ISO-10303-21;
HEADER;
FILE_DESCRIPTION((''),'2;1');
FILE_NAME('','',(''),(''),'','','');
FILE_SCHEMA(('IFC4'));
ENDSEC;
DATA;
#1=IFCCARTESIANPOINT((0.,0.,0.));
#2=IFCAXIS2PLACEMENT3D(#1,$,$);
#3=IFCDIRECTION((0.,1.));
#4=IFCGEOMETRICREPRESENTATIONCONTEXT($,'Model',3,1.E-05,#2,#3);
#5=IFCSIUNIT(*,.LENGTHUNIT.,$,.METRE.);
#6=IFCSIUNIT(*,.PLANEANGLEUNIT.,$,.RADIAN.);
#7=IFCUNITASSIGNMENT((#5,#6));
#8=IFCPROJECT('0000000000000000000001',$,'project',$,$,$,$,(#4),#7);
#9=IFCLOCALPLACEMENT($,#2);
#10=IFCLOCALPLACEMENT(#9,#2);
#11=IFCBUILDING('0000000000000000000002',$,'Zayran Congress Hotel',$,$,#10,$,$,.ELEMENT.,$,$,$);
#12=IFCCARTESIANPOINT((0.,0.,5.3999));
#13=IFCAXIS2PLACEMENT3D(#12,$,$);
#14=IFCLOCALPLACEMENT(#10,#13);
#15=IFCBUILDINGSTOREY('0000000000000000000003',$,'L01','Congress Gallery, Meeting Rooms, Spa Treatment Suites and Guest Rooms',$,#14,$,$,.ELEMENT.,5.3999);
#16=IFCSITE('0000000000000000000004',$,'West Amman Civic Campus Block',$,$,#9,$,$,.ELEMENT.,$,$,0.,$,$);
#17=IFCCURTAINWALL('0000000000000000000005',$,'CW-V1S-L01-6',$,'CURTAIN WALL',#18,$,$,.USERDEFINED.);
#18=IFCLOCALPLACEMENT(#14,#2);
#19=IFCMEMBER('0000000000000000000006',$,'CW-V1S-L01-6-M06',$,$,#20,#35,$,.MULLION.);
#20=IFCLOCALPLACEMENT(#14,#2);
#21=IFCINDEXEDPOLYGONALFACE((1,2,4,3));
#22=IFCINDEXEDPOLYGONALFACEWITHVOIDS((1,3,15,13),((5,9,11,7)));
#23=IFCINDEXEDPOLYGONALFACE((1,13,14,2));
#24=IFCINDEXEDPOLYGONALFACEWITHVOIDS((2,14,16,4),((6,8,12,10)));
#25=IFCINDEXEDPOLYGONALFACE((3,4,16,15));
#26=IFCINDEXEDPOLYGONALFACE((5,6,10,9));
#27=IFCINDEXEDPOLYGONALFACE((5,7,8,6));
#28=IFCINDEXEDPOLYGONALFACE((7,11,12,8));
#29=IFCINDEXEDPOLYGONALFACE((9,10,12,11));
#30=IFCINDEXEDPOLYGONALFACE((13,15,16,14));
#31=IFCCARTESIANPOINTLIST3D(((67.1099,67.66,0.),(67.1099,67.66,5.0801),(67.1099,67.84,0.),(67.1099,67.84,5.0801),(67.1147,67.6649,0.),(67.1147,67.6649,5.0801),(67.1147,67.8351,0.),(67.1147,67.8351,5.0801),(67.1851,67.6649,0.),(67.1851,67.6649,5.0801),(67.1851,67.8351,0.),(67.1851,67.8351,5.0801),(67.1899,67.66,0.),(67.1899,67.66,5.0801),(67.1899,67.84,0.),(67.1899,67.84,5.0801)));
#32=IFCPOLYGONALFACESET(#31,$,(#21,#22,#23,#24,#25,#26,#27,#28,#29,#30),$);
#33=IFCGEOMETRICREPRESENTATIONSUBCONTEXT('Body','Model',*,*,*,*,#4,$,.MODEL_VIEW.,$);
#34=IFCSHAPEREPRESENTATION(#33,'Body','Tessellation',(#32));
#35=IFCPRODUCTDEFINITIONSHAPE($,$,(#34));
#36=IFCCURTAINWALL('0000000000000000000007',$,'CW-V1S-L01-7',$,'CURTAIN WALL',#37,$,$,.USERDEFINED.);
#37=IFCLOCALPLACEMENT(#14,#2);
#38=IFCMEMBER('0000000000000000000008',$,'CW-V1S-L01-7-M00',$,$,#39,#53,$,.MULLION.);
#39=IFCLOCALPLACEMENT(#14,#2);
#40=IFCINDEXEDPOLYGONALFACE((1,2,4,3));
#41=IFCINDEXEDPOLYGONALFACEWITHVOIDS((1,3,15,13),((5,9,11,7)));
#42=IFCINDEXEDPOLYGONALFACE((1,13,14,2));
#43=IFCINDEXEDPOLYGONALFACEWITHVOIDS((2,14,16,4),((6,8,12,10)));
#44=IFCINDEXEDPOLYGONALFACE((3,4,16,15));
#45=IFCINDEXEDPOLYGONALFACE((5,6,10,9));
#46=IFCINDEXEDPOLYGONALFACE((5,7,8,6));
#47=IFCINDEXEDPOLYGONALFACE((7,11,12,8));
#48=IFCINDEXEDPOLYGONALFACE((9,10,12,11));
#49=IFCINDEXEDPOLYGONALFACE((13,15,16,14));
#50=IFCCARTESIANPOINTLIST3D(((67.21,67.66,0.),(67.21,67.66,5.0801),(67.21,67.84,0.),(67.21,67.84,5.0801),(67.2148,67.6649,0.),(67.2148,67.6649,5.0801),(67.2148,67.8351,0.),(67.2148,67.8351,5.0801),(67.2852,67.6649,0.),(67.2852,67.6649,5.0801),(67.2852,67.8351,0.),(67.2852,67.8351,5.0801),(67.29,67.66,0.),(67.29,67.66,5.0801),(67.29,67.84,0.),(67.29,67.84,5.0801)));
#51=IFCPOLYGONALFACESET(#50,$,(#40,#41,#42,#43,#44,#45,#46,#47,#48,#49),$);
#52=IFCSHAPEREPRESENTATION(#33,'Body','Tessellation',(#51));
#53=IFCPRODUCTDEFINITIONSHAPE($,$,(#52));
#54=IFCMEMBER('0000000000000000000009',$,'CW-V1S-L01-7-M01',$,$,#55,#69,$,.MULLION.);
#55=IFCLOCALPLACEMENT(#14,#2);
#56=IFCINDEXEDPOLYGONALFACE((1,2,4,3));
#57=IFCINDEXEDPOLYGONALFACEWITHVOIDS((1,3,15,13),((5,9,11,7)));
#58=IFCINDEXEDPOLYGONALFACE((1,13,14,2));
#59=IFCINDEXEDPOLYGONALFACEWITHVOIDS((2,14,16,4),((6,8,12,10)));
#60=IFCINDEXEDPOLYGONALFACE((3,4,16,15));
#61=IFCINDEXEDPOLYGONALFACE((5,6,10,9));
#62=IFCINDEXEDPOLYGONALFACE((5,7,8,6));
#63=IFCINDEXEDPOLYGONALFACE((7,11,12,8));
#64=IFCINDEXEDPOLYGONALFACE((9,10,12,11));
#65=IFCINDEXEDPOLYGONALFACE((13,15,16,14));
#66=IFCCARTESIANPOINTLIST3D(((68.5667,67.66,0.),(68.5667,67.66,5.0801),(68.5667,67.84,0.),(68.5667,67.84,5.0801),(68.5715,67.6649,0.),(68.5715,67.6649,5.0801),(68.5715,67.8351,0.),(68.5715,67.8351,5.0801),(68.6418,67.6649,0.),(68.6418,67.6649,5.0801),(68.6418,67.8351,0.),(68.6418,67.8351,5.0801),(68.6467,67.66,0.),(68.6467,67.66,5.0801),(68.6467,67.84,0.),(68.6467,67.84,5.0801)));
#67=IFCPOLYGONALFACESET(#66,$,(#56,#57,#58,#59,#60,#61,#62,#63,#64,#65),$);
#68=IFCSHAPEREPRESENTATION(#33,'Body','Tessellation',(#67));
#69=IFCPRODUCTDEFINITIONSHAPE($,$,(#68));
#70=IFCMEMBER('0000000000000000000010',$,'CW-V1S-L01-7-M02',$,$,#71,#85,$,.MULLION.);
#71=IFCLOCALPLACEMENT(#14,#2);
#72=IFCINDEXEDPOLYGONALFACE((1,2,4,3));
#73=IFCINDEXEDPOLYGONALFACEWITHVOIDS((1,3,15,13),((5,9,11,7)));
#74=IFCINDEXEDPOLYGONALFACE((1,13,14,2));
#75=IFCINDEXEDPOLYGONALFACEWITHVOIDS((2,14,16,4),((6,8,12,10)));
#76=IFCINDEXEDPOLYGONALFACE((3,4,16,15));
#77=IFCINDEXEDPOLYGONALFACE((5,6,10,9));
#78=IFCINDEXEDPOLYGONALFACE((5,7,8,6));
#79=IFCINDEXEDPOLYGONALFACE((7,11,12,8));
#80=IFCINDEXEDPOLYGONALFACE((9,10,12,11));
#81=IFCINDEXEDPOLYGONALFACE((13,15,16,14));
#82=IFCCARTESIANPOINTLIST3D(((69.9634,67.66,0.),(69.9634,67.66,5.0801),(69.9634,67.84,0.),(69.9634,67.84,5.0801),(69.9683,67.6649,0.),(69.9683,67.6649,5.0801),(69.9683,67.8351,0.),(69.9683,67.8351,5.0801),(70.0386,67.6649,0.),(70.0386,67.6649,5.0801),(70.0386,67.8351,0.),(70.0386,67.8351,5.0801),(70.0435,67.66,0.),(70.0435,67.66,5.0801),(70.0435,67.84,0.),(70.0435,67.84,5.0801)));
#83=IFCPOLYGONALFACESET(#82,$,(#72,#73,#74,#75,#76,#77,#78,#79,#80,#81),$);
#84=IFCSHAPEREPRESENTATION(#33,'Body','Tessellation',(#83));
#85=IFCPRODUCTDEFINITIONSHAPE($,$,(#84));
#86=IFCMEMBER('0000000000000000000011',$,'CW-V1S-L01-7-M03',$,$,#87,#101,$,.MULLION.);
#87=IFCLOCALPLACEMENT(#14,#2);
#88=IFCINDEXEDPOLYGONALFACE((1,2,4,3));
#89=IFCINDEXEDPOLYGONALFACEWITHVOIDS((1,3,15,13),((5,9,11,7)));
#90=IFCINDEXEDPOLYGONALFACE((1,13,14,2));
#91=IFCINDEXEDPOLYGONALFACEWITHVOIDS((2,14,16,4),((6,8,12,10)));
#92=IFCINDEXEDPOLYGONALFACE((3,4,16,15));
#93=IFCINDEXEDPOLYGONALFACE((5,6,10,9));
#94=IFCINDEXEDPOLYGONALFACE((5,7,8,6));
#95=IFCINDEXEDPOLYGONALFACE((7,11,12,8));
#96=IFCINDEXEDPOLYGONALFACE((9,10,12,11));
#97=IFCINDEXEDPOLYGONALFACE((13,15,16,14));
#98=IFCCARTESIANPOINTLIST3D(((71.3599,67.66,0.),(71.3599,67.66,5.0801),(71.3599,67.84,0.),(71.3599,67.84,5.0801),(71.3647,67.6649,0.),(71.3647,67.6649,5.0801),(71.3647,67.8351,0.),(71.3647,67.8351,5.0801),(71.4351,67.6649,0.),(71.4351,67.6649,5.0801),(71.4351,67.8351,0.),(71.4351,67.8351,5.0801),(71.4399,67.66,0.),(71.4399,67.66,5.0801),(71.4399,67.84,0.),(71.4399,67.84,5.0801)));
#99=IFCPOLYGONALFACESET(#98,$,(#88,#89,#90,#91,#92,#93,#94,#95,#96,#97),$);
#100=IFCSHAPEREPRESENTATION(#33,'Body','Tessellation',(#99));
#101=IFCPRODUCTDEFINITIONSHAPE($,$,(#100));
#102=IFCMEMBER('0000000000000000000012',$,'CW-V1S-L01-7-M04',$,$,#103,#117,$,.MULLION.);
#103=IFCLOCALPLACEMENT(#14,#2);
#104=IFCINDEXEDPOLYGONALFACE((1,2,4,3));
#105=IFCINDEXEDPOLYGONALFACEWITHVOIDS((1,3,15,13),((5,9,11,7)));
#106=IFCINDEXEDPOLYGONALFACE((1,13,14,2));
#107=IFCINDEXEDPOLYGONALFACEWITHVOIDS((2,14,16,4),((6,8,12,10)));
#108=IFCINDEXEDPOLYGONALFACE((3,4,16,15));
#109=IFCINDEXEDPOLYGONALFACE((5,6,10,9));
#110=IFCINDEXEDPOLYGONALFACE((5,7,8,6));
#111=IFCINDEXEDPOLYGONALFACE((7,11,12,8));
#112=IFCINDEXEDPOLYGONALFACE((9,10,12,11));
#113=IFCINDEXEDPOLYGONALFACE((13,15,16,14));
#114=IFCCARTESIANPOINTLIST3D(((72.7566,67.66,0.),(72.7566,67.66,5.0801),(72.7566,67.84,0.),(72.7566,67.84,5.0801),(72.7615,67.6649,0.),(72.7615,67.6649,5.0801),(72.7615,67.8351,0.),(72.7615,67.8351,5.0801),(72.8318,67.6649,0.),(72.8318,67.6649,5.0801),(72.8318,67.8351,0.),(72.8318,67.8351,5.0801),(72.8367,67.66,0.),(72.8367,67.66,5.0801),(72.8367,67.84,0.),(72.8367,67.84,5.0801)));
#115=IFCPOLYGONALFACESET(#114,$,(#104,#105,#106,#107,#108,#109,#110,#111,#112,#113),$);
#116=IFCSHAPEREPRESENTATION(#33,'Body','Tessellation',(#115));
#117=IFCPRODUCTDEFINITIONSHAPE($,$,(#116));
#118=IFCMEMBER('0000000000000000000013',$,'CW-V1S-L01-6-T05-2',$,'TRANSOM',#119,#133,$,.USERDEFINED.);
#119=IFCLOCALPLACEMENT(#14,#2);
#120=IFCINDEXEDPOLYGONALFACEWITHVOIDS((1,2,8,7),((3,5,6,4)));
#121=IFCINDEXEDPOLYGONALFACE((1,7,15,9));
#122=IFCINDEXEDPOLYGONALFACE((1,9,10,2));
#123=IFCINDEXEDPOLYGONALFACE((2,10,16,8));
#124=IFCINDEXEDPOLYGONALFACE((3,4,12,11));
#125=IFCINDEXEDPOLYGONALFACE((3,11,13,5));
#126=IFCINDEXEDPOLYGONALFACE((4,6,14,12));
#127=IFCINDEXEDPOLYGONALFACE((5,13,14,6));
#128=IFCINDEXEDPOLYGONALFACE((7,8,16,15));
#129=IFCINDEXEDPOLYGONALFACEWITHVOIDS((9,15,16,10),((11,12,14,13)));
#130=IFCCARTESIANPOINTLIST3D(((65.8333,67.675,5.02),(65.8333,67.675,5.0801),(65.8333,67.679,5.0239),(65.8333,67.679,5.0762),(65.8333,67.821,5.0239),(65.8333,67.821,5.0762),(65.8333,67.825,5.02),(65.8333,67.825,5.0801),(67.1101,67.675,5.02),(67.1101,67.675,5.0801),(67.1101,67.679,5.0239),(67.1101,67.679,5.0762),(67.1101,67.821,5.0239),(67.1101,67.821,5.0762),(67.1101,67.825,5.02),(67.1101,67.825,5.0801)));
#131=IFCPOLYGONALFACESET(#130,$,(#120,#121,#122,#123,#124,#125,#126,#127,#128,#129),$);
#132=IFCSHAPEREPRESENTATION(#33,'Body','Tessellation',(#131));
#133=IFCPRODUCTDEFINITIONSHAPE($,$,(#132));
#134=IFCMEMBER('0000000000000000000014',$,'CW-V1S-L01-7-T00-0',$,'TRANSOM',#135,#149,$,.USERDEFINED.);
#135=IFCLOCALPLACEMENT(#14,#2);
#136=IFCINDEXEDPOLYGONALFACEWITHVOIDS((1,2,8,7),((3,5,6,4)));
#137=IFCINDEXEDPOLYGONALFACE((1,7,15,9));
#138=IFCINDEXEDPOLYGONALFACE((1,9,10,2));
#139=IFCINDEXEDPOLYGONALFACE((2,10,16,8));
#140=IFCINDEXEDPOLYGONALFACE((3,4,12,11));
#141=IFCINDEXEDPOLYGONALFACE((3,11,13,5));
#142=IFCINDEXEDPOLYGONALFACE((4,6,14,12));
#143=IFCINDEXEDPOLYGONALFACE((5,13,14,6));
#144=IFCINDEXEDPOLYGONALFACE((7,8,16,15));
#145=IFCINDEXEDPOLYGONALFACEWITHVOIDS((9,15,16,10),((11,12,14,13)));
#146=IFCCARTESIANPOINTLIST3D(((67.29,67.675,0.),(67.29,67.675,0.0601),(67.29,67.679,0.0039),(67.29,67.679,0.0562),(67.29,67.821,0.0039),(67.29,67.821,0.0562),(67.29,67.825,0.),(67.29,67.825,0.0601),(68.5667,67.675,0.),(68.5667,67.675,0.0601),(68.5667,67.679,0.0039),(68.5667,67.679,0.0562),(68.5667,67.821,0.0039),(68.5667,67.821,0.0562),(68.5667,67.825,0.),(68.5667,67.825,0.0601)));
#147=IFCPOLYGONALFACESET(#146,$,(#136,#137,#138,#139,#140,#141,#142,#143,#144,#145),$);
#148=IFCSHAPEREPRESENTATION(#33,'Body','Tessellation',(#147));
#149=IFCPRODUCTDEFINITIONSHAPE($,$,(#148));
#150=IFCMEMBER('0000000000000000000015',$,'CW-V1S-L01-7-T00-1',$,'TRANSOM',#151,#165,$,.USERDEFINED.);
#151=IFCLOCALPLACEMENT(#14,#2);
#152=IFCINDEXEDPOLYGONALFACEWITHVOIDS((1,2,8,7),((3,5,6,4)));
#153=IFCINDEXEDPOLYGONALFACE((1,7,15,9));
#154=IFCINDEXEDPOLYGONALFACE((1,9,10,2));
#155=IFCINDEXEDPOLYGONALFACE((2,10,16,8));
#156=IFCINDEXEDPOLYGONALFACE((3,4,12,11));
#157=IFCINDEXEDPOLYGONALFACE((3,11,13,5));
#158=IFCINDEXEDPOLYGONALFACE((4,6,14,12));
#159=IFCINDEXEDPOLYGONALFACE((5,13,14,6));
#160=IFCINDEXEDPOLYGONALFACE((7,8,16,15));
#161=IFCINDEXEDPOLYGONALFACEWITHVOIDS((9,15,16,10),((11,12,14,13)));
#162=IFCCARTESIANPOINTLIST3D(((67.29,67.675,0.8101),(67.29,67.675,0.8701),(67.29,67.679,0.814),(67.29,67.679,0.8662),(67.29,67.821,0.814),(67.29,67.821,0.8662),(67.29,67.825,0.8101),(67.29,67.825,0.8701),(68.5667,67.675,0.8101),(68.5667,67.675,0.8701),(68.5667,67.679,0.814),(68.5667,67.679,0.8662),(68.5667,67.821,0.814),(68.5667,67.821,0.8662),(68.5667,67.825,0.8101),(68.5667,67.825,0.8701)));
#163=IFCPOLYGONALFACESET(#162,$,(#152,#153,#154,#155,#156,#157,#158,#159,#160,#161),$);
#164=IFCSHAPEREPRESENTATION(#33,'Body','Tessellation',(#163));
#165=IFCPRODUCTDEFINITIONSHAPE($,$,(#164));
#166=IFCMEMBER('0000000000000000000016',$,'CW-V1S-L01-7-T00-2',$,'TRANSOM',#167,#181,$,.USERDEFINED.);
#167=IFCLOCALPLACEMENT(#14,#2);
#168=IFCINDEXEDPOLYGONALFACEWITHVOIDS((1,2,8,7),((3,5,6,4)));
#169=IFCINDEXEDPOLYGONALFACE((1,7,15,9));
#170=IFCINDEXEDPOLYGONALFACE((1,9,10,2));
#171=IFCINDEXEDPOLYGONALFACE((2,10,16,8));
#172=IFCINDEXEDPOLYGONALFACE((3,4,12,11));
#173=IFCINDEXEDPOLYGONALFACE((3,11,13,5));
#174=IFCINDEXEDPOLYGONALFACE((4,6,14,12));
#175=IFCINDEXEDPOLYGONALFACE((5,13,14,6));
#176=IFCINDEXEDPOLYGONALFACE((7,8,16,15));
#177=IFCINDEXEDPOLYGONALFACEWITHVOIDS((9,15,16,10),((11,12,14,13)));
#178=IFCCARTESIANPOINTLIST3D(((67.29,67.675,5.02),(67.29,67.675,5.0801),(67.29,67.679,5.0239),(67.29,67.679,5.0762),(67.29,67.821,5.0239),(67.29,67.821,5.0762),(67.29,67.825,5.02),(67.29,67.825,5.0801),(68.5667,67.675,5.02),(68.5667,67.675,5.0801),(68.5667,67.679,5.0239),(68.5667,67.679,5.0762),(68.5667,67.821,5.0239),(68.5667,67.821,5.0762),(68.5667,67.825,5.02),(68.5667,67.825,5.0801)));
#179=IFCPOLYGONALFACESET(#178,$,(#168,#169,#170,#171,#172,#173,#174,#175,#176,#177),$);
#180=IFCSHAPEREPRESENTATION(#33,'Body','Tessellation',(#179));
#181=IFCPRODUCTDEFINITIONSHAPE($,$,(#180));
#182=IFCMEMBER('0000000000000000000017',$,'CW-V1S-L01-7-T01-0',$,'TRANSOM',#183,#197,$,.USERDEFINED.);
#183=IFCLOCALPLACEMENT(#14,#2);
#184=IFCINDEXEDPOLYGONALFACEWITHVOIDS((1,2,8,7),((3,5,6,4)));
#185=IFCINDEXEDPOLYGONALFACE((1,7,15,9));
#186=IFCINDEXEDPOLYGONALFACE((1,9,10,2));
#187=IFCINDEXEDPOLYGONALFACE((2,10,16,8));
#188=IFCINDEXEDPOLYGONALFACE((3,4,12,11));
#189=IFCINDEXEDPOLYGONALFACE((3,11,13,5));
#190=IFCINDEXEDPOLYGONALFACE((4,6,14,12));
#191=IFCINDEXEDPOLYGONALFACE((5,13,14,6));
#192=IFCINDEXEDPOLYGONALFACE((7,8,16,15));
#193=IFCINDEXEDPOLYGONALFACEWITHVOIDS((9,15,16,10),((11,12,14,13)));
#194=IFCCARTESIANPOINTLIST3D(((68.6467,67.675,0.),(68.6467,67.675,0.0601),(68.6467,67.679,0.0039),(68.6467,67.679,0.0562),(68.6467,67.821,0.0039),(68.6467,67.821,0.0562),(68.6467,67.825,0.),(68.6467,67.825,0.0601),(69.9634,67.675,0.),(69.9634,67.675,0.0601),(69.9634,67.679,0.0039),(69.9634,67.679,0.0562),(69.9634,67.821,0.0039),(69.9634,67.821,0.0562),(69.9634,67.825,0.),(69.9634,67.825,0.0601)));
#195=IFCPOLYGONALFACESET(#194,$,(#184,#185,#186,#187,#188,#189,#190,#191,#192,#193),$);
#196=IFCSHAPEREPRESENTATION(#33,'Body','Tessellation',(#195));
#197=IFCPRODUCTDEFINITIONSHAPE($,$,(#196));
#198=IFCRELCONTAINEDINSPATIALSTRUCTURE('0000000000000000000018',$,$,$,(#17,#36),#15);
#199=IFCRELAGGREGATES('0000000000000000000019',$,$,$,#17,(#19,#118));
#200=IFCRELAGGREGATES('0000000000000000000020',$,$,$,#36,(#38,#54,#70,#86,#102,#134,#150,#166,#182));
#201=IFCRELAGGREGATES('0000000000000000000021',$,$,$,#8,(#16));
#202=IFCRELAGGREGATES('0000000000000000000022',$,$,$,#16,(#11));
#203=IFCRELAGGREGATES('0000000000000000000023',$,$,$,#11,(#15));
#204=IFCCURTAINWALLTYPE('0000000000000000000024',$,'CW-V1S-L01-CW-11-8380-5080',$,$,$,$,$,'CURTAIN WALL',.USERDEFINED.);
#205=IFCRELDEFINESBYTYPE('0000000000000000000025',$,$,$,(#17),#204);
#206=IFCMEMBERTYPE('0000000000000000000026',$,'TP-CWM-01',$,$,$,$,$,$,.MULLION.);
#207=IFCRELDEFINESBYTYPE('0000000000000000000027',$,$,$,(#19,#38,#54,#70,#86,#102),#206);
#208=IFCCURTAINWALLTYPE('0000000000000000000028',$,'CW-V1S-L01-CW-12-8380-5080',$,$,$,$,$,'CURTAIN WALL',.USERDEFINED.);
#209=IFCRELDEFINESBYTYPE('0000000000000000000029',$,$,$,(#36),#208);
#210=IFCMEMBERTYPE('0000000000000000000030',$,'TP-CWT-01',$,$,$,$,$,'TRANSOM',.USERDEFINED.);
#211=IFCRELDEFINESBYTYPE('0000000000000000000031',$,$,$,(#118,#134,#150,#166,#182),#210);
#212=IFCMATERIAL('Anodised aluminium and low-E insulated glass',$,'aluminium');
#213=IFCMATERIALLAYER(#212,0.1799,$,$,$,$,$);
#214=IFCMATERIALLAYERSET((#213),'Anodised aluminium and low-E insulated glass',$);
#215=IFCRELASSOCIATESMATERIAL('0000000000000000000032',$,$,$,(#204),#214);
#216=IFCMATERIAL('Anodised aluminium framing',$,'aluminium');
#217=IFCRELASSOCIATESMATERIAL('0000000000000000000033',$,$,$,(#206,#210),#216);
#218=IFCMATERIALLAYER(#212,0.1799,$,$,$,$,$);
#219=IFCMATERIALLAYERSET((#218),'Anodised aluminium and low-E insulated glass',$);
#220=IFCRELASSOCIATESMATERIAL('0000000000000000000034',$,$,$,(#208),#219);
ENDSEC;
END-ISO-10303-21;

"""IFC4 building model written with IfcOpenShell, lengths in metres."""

from ifc_helpers import new_model, si_unit, direction, frame, origin, origin_2d, place, context, subcontext, project, spatial, hollow_rectangle, extrude, material, layer, layer_set, material_profile, profile_set, type_object, element, aggregate, save


model = new_model("IFC4")

# Units and contexts
model_context = context("Model", 3, precision=1e-05, world=origin(), true_north=direction((0.0, 1.0)))
body_context = subcontext(model_context, "Body", "Model", "MODEL_VIEW")
ifc_project = project(units=[si_unit("LENGTHUNIT", "METRE"), si_unit("PLANEANGLEUNIT", "RADIAN")], contexts=[model_context])

# Site, building, storey
site_placement = place(None, origin())
site = spatial("IfcSite", under=ifc_project, at=site_placement, Name="West Amman Civic Campus Block", CompositionType="ELEMENT", RefElevation=0.0)
building_placement = place(site_placement, origin())
building = spatial("IfcBuilding", under=site, at=building_placement, Name="Zayran Congress Hotel", CompositionType="ELEMENT")
storey_placement = place(building_placement, frame((0.0, 0.0, 5.3999)))
storey = spatial("IfcBuildingStorey", under=building, at=storey_placement, Name="L01", Description="Congress Gallery, Meeting Rooms, Spa Treatment Suites and Guest Rooms", CompositionType="ELEMENT", Elevation=5.3999)

# Curtain wall, member
ifc_material_1 = material(Name="Anodised aluminium and low-E insulated glass", Category="aluminium")
ifc_layer_1 = layer(ifc_material_1, 0.1799)
ifc_layer_set_1 = layer_set([ifc_layer_1], Name="Anodised aluminium and low-E insulated glass")
curtain_wall_type_1 = type_object("IfcCurtainWallType", Name="CW-V1S-L01-CW-11-8380-5080", ElementType="CURTAIN WALL", PredefinedType="USERDEFINED", material=ifc_layer_set_1)
curtain_wall_1_placement = place(storey_placement, origin())
curtain_wall_1 = element("IfcCurtainWall", 1, at=curtain_wall_1_placement, inside=storey, type_object=curtain_wall_type_1, Name="CW-V1S-L01-6", ObjectType="CURTAIN WALL", PredefinedType="USERDEFINED")
ifc_material_2 = material(Name="Anodised aluminium framing", Category="aluminium")
ifc_material_profile_1 = material_profile(ifc_material_2, hollow_rectangle(XDim=0.0801, YDim=0.1799, WallThickness=0.0049, at=origin_2d()), Name="RHS 180x80x5")
ifc_profile_set_1 = profile_set([ifc_material_profile_1], Name="Anodised aluminium framing")
member_type_1 = type_object("IfcMemberType", Name="TP-CWM-01", PredefinedType="MULLION", material=ifc_profile_set_1)
member_1_placement = place(storey_placement, frame((67.1499, 67.75, 0.0), z_axis=(0.0, 0.0, 1.0), x_axis=(1.0, 0.0, 0.0)))
member_1 = element("IfcMember", 2, at=member_1_placement, type_object=member_type_1, Name="CW-V1S-L01-6-M06", PredefinedType="MULLION", context=body_context, shape_type="SweptSolid", body=[
    extrude(hollow_rectangle(XDim=0.0801, YDim=0.1799, WallThickness=0.0049, at=origin_2d()), origin(), (0.0, 0.0, 1.0), 5.0801),
])

# Curtain wall, members
ifc_layer_2 = layer(ifc_material_1, 0.1799)
ifc_layer_set_2 = layer_set([ifc_layer_2], Name="Anodised aluminium and low-E insulated glass")
curtain_wall_type_2 = type_object("IfcCurtainWallType", Name="CW-V1S-L01-CW-12-8380-5080", ElementType="CURTAIN WALL", PredefinedType="USERDEFINED", material=ifc_layer_set_2)
curtain_wall_2_placement = place(storey_placement, origin())
curtain_wall_2 = element("IfcCurtainWall", 3, at=curtain_wall_2_placement, inside=storey, type_object=curtain_wall_type_2, Name="CW-V1S-L01-7", ObjectType="CURTAIN WALL", PredefinedType="USERDEFINED")
member_2_placement = place(storey_placement, frame((67.25, 67.75, 0.0), z_axis=(0.0, 0.0, 1.0), x_axis=(1.0, 0.0, 0.0)))
member_2 = element("IfcMember", 4, at=member_2_placement, type_object=member_type_1, Name="CW-V1S-L01-7-M00", PredefinedType="MULLION", context=body_context, shape_type="SweptSolid", body=[
    extrude(hollow_rectangle(XDim=0.0801, YDim=0.1799, WallThickness=0.0049, at=origin_2d()), origin(), (0.0, 0.0, 1.0), 5.0801),
])
member_3_placement = place(storey_placement, frame((68.6067, 67.75, 0.0), z_axis=(0.0, 0.0, 1.0), x_axis=(1.0, 0.0, 0.0)))
member_3 = element("IfcMember", 5, at=member_3_placement, type_object=member_type_1, Name="CW-V1S-L01-7-M01", PredefinedType="MULLION", context=body_context, shape_type="SweptSolid", body=[
    extrude(hollow_rectangle(XDim=0.0801, YDim=0.1799, WallThickness=0.0049, at=origin_2d()), origin(), (0.0, 0.0, 1.0), 5.0801),
])
member_4_placement = place(storey_placement, frame((70.0034, 67.75, 0.0), z_axis=(0.0, 0.0, 1.0), x_axis=(1.0, 0.0, 0.0)))
member_4 = element("IfcMember", 6, at=member_4_placement, type_object=member_type_1, Name="CW-V1S-L01-7-M02", PredefinedType="MULLION", context=body_context, shape_type="SweptSolid", body=[
    extrude(hollow_rectangle(XDim=0.0801, YDim=0.1799, WallThickness=0.0049, at=origin_2d()), origin(), (0.0, 0.0, 1.0), 5.0801),
])
member_5_placement = place(storey_placement, frame((71.3999, 67.75, 0.0), z_axis=(0.0, 0.0, 1.0), x_axis=(1.0, 0.0, 0.0)))
member_5 = element("IfcMember", 7, at=member_5_placement, type_object=member_type_1, Name="CW-V1S-L01-7-M03", PredefinedType="MULLION", context=body_context, shape_type="SweptSolid", body=[
    extrude(hollow_rectangle(XDim=0.0801, YDim=0.1799, WallThickness=0.0049, at=origin_2d()), origin(), (0.0, 0.0, 1.0), 5.0801),
])
member_6_placement = place(storey_placement, frame((72.7966, 67.75, 0.0), z_axis=(0.0, 0.0, 1.0), x_axis=(1.0, 0.0, 0.0)))
member_6 = element("IfcMember", 8, at=member_6_placement, type_object=member_type_1, Name="CW-V1S-L01-7-M04", PredefinedType="MULLION", context=body_context, shape_type="SweptSolid", body=[
    extrude(hollow_rectangle(XDim=0.0801, YDim=0.1799, WallThickness=0.0049, at=origin_2d()), origin(), (0.0, 0.0, 1.0), 5.0801),
])

# Members
ifc_material_profile_2 = material_profile(ifc_material_2, hollow_rectangle(XDim=0.0601, YDim=0.1499, WallThickness=0.0039, at=origin_2d()), Name="RHS 150x60x4")
ifc_profile_set_2 = profile_set([ifc_material_profile_2], Name="Anodised aluminium framing")
member_type_2 = type_object("IfcMemberType", Name="TP-CWT-01", ElementType="TRANSOM", PredefinedType="USERDEFINED", material=ifc_profile_set_2)
member_7_placement = place(storey_placement, frame((65.8333, 67.75, 5.05), z_axis=(1.0, 0.0, 0.0), x_axis=(0.0, 0.0, 1.0)))
member_7 = element("IfcMember", 9, at=member_7_placement, type_object=member_type_2, Name="CW-V1S-L01-6-T05-2", ObjectType="TRANSOM", PredefinedType="USERDEFINED", context=body_context, shape_type="SweptSolid", body=[
    extrude(hollow_rectangle(XDim=0.0601, YDim=0.1499, WallThickness=0.0039, at=origin_2d()), origin(), (0.0, 0.0, 1.0), 1.2769),
])
member_8_placement = place(storey_placement, frame((67.29, 67.75, 0.03), z_axis=(1.0, 0.0, 0.0), x_axis=(0.0, 0.0, 1.0)))
member_8 = element("IfcMember", 10, at=member_8_placement, type_object=member_type_2, Name="CW-V1S-L01-7-T00-0", ObjectType="TRANSOM", PredefinedType="USERDEFINED", context=body_context, shape_type="SweptSolid", body=[
    extrude(hollow_rectangle(XDim=0.0601, YDim=0.1499, WallThickness=0.0039, at=origin_2d()), origin(), (0.0, 0.0, 1.0), 1.2766),
])
member_9_placement = place(storey_placement, frame((67.29, 67.75, 0.8401), z_axis=(1.0, 0.0, 0.0), x_axis=(0.0, 0.0, 1.0)))
member_9 = element("IfcMember", 11, at=member_9_placement, type_object=member_type_2, Name="CW-V1S-L01-7-T00-1", ObjectType="TRANSOM", PredefinedType="USERDEFINED", context=body_context, shape_type="SweptSolid", body=[
    extrude(hollow_rectangle(XDim=0.0601, YDim=0.1499, WallThickness=0.0039, at=origin_2d()), origin(), (0.0, 0.0, 1.0), 1.2766),
])
member_10_placement = place(storey_placement, frame((67.29, 67.75, 5.05), z_axis=(1.0, 0.0, 0.0), x_axis=(0.0, 0.0, 1.0)))
member_10 = element("IfcMember", 12, at=member_10_placement, type_object=member_type_2, Name="CW-V1S-L01-7-T00-2", ObjectType="TRANSOM", PredefinedType="USERDEFINED", context=body_context, shape_type="SweptSolid", body=[
    extrude(hollow_rectangle(XDim=0.0601, YDim=0.1499, WallThickness=0.0039, at=origin_2d()), origin(), (0.0, 0.0, 1.0), 1.2766),
])
member_11_placement = place(storey_placement, frame((68.6467, 67.75, 0.03), z_axis=(1.0, 0.0, 0.0), x_axis=(0.0, 0.0, 1.0)))
member_11 = element("IfcMember", 13, at=member_11_placement, type_object=member_type_2, Name="CW-V1S-L01-7-T01-0", ObjectType="TRANSOM", PredefinedType="USERDEFINED", context=body_context, shape_type="SweptSolid", body=[
    extrude(hollow_rectangle(XDim=0.0601, YDim=0.1499, WallThickness=0.0039, at=origin_2d()), origin(), (0.0, 0.0, 1.0), 1.3167),
])

aggregate(curtain_wall_1, [member_1, member_7])
aggregate(curtain_wall_2, [member_2, member_3, member_4, member_5, member_6, member_8, member_9, member_10, member_11])

save(model, "model.ifc")
